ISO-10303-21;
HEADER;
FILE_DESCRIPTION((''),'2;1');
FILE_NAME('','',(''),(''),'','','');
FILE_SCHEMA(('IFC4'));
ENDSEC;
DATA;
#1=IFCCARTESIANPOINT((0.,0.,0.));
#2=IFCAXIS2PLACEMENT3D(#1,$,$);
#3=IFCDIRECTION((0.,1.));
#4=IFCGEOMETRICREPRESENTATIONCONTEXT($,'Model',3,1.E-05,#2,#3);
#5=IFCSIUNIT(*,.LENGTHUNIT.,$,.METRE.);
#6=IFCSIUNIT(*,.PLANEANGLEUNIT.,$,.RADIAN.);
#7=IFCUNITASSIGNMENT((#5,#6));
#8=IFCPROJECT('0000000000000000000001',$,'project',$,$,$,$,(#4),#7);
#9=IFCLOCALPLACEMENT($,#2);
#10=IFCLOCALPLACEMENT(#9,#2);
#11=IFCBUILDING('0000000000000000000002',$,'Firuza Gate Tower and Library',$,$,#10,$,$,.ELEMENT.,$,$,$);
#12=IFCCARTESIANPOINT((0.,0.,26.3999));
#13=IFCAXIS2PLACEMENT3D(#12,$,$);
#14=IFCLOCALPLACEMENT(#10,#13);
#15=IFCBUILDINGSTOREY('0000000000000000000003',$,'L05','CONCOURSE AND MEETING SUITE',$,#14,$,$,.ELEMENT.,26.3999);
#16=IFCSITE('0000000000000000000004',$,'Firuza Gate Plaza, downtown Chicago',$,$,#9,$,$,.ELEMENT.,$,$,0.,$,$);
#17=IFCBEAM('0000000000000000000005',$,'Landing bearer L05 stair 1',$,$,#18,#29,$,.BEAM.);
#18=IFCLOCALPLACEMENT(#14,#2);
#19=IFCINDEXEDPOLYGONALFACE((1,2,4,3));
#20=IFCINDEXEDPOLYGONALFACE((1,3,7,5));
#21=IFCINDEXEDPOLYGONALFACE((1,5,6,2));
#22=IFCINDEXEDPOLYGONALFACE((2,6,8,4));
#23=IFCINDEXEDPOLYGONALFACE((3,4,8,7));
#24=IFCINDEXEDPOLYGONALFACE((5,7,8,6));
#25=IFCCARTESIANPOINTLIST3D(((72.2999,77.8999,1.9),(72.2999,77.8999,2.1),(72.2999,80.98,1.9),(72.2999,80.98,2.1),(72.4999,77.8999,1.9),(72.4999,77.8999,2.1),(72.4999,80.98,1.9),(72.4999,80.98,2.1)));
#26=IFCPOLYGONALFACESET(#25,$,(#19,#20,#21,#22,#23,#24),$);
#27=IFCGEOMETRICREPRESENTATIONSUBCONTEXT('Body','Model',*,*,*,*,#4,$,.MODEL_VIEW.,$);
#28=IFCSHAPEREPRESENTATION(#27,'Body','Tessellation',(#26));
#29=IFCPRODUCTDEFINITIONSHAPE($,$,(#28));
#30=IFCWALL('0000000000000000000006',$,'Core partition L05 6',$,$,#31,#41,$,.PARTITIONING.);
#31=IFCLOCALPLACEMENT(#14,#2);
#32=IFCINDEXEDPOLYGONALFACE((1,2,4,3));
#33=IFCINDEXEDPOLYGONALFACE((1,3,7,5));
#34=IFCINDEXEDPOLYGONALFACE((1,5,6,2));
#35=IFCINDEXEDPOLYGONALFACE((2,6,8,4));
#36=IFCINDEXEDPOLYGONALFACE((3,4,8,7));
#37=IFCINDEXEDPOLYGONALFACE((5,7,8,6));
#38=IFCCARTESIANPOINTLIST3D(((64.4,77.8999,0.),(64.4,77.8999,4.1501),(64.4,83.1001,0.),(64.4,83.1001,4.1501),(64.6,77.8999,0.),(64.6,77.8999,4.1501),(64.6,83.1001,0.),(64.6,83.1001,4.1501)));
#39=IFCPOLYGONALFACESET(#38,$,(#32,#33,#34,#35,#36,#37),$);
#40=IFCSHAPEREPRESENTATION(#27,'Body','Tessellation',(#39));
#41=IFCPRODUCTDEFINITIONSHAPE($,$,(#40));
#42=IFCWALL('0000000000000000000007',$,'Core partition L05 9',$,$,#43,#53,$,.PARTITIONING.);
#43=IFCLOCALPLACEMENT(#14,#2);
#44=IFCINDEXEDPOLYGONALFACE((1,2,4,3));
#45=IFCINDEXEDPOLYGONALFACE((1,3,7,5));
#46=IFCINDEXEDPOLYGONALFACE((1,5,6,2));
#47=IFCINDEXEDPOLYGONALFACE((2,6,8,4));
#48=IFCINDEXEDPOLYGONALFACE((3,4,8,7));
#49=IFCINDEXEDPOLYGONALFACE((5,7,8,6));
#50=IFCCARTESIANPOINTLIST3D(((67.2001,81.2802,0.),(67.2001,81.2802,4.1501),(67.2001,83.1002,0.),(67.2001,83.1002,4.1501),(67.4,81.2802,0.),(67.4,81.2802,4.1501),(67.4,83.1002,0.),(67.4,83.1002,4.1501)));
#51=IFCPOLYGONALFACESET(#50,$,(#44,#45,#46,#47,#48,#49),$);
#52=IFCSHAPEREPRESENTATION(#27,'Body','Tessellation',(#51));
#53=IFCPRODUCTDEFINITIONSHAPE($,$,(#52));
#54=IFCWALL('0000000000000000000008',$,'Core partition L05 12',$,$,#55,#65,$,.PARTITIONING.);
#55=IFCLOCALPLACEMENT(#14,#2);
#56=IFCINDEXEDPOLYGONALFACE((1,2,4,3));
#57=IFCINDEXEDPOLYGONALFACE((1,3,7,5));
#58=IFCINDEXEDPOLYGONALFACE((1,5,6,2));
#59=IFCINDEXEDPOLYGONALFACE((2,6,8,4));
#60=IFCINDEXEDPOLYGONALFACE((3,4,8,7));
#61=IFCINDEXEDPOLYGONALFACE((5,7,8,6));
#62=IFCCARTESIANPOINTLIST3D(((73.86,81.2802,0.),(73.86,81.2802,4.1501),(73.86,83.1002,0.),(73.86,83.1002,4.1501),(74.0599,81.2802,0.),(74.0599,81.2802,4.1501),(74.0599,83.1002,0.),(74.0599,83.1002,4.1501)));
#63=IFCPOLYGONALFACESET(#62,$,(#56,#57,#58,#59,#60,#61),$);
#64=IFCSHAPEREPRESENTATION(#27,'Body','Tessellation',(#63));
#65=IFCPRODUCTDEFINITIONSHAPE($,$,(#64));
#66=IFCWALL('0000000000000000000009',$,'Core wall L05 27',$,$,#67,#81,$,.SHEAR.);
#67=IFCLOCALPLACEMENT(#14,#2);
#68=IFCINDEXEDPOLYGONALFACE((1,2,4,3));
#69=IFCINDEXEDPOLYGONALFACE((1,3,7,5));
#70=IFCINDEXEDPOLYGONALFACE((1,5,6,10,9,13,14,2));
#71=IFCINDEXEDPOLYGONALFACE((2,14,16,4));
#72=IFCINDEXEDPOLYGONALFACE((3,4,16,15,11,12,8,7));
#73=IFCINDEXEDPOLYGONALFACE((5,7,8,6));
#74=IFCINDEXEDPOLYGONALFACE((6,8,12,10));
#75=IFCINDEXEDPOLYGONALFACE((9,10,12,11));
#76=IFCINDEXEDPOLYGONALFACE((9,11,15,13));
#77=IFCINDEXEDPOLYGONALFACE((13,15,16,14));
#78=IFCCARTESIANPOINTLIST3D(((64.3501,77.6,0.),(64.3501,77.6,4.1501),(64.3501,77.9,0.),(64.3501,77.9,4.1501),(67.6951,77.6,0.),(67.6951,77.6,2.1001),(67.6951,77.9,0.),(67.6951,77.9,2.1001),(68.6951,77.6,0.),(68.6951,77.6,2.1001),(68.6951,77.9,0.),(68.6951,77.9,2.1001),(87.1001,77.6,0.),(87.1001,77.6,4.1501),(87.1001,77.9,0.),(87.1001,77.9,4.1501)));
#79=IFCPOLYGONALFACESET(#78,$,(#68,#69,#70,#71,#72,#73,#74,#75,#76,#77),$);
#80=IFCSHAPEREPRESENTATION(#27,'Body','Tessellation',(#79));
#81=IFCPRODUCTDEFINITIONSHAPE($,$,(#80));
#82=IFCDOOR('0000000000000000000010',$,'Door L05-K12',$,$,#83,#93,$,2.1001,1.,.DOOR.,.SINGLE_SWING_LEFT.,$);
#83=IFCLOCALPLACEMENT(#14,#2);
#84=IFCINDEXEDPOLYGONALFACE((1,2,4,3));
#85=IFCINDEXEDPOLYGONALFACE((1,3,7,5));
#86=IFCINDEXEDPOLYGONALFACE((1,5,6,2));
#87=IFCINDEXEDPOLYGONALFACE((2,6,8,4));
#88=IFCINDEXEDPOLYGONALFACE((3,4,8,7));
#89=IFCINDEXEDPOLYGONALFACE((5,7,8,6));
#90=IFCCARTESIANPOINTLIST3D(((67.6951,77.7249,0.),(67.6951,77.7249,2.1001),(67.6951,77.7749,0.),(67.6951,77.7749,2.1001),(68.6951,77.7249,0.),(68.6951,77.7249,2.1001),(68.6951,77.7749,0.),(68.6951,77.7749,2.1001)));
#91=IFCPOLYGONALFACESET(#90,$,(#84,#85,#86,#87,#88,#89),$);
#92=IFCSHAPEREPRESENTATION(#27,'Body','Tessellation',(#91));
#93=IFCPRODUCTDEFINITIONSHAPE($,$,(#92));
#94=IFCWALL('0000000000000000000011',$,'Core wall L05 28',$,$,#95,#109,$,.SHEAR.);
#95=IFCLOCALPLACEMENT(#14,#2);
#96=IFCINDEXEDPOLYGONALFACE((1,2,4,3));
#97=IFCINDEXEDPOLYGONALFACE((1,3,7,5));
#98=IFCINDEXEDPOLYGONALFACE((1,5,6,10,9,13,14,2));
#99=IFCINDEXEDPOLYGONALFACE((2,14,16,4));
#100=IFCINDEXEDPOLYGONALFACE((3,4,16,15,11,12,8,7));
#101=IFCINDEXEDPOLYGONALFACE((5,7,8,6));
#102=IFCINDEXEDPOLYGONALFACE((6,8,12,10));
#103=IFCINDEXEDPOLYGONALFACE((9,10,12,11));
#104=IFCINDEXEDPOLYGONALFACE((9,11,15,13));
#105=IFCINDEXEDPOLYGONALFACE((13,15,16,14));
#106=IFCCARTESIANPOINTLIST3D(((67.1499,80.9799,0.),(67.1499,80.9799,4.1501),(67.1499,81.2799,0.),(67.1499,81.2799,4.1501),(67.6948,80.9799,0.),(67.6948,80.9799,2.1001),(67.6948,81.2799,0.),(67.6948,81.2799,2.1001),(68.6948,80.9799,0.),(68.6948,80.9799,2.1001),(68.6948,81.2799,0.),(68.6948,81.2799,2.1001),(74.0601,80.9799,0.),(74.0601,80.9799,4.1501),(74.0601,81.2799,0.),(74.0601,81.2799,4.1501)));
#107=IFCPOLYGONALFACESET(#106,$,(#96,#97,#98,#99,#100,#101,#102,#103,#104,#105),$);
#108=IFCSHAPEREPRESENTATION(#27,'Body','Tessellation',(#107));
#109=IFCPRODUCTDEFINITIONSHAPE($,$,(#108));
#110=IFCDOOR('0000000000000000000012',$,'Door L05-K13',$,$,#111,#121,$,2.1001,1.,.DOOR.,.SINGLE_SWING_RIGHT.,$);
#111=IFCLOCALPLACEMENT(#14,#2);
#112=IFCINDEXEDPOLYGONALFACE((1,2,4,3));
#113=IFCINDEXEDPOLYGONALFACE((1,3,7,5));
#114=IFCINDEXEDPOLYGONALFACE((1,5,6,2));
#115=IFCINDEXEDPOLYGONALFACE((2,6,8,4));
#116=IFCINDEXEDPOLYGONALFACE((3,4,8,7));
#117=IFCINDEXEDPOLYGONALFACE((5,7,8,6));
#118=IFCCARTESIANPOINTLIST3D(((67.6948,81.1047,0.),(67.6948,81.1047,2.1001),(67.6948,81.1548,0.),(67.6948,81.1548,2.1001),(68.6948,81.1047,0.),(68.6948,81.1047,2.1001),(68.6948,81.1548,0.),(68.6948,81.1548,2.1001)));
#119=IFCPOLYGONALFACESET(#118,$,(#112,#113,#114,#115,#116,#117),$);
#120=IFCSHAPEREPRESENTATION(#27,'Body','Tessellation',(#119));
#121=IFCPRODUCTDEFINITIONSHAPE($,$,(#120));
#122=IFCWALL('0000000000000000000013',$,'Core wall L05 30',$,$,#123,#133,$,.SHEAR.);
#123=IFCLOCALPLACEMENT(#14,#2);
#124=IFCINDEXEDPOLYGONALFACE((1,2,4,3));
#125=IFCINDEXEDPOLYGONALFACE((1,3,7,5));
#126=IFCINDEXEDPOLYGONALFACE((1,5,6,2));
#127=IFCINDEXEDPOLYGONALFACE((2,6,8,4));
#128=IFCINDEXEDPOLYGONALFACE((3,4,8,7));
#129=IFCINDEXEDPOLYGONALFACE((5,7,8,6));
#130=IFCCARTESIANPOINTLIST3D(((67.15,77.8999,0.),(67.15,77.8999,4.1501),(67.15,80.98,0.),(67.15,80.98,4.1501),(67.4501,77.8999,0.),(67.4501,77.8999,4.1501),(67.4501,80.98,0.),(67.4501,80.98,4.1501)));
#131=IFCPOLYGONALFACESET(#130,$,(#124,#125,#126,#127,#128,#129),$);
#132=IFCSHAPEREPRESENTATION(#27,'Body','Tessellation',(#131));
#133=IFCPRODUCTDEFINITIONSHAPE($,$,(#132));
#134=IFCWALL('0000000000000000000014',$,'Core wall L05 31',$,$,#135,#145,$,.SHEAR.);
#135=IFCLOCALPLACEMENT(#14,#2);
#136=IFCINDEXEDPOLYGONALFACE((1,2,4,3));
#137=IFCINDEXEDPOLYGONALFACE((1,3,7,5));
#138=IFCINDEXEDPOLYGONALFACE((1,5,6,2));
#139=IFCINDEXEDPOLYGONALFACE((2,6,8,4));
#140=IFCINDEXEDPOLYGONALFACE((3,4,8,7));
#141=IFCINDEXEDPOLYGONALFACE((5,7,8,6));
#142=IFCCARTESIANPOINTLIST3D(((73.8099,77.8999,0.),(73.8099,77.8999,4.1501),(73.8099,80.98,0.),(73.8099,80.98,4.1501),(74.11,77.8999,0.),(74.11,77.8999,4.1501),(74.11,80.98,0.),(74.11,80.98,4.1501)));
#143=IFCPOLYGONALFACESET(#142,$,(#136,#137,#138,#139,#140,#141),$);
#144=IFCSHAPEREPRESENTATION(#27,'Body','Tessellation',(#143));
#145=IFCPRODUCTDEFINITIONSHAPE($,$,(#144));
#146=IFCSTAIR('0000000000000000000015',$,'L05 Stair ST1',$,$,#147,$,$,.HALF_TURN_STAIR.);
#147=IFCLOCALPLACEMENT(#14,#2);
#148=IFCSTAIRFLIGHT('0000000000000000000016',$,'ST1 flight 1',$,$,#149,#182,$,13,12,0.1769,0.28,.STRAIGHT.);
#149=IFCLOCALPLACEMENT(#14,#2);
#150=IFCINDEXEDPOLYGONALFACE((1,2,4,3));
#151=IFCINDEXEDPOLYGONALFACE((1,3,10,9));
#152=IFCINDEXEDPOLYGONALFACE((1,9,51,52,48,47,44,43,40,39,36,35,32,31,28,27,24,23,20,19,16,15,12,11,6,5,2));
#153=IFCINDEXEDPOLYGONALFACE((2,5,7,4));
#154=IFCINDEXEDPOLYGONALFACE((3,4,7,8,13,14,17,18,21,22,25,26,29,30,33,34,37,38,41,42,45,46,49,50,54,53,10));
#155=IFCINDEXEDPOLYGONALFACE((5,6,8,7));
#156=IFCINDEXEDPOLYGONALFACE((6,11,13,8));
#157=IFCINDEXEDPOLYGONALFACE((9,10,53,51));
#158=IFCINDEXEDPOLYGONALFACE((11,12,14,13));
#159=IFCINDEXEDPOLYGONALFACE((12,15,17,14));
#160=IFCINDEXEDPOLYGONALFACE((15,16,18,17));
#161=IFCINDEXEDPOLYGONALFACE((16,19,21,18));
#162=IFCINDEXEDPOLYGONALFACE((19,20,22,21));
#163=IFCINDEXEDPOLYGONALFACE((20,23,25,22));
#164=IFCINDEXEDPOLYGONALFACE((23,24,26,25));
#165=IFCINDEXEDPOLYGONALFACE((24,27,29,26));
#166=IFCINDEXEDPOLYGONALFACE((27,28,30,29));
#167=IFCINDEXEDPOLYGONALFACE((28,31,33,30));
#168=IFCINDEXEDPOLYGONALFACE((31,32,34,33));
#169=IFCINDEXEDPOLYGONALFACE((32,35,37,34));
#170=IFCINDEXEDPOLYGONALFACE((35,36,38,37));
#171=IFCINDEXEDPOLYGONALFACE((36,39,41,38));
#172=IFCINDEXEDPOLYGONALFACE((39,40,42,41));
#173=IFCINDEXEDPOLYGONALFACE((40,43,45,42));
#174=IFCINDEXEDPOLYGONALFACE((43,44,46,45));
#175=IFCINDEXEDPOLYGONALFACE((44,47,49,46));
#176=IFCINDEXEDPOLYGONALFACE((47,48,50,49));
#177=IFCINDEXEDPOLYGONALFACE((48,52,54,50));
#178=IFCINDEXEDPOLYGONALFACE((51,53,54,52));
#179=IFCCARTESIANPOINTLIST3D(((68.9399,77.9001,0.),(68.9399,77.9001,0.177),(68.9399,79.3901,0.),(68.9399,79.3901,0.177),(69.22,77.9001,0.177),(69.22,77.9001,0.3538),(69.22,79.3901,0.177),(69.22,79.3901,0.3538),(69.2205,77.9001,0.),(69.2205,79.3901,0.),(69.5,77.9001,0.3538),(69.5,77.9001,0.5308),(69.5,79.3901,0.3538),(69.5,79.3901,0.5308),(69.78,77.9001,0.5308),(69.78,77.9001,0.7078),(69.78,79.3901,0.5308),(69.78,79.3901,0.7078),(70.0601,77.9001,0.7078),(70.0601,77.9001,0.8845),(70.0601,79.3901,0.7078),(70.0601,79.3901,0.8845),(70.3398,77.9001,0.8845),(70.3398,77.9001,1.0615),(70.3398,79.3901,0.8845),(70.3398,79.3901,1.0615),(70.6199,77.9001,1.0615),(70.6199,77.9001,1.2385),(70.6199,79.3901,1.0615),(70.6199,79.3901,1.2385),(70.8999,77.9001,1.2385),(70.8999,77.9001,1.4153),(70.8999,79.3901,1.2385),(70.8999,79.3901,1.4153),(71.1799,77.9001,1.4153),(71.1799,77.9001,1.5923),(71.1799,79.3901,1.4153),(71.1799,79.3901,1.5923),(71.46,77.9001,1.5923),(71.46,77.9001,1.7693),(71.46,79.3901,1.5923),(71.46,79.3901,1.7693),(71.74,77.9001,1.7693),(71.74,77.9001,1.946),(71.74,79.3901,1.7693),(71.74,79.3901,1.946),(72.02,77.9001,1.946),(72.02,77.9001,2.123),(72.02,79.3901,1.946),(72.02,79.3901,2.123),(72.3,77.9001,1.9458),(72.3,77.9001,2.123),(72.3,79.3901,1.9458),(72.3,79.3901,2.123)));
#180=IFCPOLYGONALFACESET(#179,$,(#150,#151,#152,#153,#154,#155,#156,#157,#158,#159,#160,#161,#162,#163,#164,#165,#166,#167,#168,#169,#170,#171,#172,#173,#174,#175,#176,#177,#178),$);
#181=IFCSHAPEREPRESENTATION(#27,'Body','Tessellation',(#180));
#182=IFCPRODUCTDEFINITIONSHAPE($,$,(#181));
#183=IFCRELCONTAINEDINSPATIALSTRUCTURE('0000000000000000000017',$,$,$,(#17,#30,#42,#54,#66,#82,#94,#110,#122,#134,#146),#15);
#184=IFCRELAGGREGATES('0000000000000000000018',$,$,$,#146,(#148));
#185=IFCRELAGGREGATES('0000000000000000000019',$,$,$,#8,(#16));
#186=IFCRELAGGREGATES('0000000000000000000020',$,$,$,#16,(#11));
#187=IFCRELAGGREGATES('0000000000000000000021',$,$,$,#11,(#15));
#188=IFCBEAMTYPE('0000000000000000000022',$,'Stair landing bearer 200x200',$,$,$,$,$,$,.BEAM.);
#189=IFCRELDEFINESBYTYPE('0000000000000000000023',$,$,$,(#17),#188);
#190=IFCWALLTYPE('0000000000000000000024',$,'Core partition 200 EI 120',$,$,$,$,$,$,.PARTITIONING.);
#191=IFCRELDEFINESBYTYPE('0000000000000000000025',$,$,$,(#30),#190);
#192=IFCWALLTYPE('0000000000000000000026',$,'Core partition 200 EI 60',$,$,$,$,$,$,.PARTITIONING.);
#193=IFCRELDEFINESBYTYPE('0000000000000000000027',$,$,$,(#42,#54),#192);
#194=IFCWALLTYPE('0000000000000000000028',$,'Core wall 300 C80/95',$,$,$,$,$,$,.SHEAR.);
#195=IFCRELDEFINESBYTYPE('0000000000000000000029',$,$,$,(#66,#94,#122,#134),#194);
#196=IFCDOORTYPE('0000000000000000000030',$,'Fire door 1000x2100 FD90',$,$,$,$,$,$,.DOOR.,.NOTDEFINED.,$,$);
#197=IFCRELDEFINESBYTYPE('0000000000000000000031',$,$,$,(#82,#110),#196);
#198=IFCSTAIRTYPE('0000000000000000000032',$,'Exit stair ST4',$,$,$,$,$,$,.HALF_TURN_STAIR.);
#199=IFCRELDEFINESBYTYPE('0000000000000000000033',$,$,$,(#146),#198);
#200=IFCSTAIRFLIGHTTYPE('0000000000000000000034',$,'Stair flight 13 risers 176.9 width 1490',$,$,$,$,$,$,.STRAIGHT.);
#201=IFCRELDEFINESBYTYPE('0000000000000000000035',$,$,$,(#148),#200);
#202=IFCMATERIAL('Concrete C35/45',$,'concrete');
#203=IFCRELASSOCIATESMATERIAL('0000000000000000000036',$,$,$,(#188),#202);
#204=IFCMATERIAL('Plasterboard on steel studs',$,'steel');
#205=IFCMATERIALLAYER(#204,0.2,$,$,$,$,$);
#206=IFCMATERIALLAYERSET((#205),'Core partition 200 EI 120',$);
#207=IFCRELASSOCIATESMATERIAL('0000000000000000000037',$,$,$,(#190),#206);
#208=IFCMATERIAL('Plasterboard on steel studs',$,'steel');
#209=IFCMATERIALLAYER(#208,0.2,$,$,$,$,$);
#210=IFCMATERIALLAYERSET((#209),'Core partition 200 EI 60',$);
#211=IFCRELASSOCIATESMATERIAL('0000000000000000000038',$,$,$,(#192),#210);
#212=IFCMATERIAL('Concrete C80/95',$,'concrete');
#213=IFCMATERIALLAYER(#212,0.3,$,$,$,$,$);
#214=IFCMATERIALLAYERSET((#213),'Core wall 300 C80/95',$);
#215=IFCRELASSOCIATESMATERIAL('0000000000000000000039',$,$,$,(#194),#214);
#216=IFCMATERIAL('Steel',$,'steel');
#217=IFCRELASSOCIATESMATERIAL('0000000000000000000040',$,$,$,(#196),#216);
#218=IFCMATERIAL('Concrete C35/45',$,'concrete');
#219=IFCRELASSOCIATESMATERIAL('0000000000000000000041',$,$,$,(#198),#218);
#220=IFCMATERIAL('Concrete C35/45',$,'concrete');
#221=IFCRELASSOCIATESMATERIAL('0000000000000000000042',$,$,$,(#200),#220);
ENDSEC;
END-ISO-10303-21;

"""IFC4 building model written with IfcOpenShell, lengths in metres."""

from ifc_helpers import new_model, si_unit, direction, frame, frame_2d, origin, origin_2d, place, context, subcontext, project, spatial, polyline, rectangle, outline, extrude, material, layer, layer_set, material_profile, profile_set, type_object, element, fill, aggregate, save


model = new_model("IFC4")

# Units and contexts
model_context = context("Model", 3, precision=1e-05, world=origin(), true_north=direction((0.0, 1.0)))
body_context = subcontext(model_context, "Body", "Model", "MODEL_VIEW")
ifc_project = project(units=[si_unit("LENGTHUNIT", "METRE"), si_unit("PLANEANGLEUNIT", "RADIAN")], contexts=[model_context])

# Site, building, storey
site_placement = place(None, origin())
site = spatial("IfcSite", under=ifc_project, at=site_placement, Name="Firuza Gate Plaza, downtown Chicago", CompositionType="ELEMENT", RefElevation=0.0)
building_placement = place(site_placement, origin())
building = spatial("IfcBuilding", under=site, at=building_placement, Name="Firuza Gate Tower and Library", CompositionType="ELEMENT")
storey_placement = place(building_placement, frame((0.0, 0.0, 26.3999)))
storey = spatial("IfcBuildingStorey", under=building, at=storey_placement, Name="L05", Description="CONCOURSE AND MEETING SUITE", CompositionType="ELEMENT", Elevation=26.3999)

# Beam
ifc_material_1 = material(Name="Concrete C35/45", Category="concrete")
ifc_material_profile = material_profile(ifc_material_1, rectangle(XDim=0.2, YDim=0.2, at=origin_2d()))
ifc_profile_set = profile_set([ifc_material_profile], Name="Concrete C35/45")
beam_type = type_object("IfcBeamType", Name="Stair landing bearer 200x200", PredefinedType="BEAM", material=ifc_profile_set)
beam_placement = place(storey_placement, frame((72.3999, 77.8999, 2.0), z_axis=(0.0, 1.0, 0.0), x_axis=(-1.0, 0.0, 0.0)))
element("IfcBeam", 1, at=beam_placement, inside=storey, type_object=beam_type, Name="Landing bearer L05 stair 1", PredefinedType="BEAM", context=body_context, shape_type="SweptSolid", body=[
    extrude(rectangle(XDim=0.2, YDim=0.2, at=origin_2d()), origin(), (0.0, 0.0, 1.0), 3.0801),
])

# Walls
ifc_material_2 = material(Name="Plasterboard on steel studs", Category="steel")
ifc_layer_1 = layer(ifc_material_2, 0.2)
ifc_layer_set_1 = layer_set([ifc_layer_1], Name="Core partition 200 EI 120")
wall_type_1 = type_object("IfcWallType", Name="Core partition 200 EI 120", PredefinedType="PARTITIONING", material=ifc_layer_set_1)
wall_1_placement = place(storey_placement, frame((64.5, 77.8999, 0.0), z_axis=(0.0, 0.0, 1.0), x_axis=(0.0, 1.0, 0.0)))
element("IfcWall", 2, at=wall_1_placement, inside=storey, type_object=wall_type_1, Name="Core partition L05 6", PredefinedType="PARTITIONING", context=body_context, shape_type="SweptSolid", body=[
    extrude(rectangle(XDim=5.2002, YDim=0.2, at=frame_2d((2.6001, 0.0))), origin(), (0.0, 0.0, 1.0), 4.1501),
])
ifc_material_3 = material(Name="Plasterboard on steel studs", Category="steel")
ifc_layer_2 = layer(ifc_material_3, 0.2)
ifc_layer_set_2 = layer_set([ifc_layer_2], Name="Core partition 200 EI 60")
wall_type_2 = type_object("IfcWallType", Name="Core partition 200 EI 60", PredefinedType="PARTITIONING", material=ifc_layer_set_2)
for number, where, z_axis, x_axis, name in (
    (3, (67.3, 81.28, 0.0), (0.0, 0.0, 1.0), (0.0, 1.0, 0.0), "Core partition L05 9"),
    (4, (73.96, 81.28, 0.0), (0.0, 0.0, 1.0), (0.0, 1.0, 0.0), "Core partition L05 12"),
):
    element("IfcWall", number, at=place(storey_placement, frame(where, z_axis=z_axis, x_axis=x_axis)), inside=storey, type_object=wall_type_2, Name=name, PredefinedType="PARTITIONING", context=body_context, shape_type="SweptSolid", body=[
        extrude(rectangle(XDim=1.8201, YDim=0.2, at=frame_2d((0.9102, 0.0))), origin(), (0.0, 0.0, 1.0), 4.1501),
    ])

# Walls, openings, doors
ifc_material_4 = material(Name="Concrete C80/95", Category="concrete")
ifc_layer_3 = layer(ifc_material_4, 0.3)
ifc_layer_set_3 = layer_set([ifc_layer_3], Name="Core wall 300 C80/95")
wall_type_3 = type_object("IfcWallType", Name="Core wall 300 C80/95", PredefinedType="SHEAR", material=ifc_layer_set_3)
wall_2_placement = place(storey_placement, frame((64.3501, 77.75, 0.0), z_axis=(0.0, 0.0, 1.0), x_axis=(1.0, 0.0, 0.0)))
wall_2 = element("IfcWall", 5, at=wall_2_placement, inside=storey, type_object=wall_type_3, Name="Core wall L05 27", PredefinedType="SHEAR", context=body_context, shape_type="SweptSolid", body=[
    extrude(rectangle(XDim=22.75, YDim=0.3, at=frame_2d((11.375, 0.0))), origin(), (0.0, 0.0, 1.0), 4.1501),
])
opening_1_placement = place(wall_2_placement, frame((3.345, 0.0, 0.0)))
opening_1 = element("IfcOpeningElement", 6, at=opening_1_placement, cuts=wall_2, PredefinedType="OPENING", context=body_context, shape_type="SweptSolid", body=[
    extrude(rectangle(XDim=1.0, YDim=2.1001, at=frame_2d((0.5, 1.05))), frame((0.0, 0.1602, 0.0), z_axis=(0.0, -1.0, 0.0), x_axis=(1.0, 0.0, 0.0)), (0.0, 0.0, 1.0), 0.3201),
])
ifc_material_5 = material(Name="Steel", Category="steel")
door_type = type_object("IfcDoorType", Name="Fire door 1000x2100 FD90", OperationType="NOTDEFINED", PredefinedType="DOOR", material=ifc_material_5)
door_1_placement = place(opening_1_placement, origin())
door_1 = element("IfcDoor", 7, at=door_1_placement, inside=storey, type_object=door_type, Name="Door L05-K12", OperationType="SINGLE_SWING_LEFT", OverallHeight=2.1001, OverallWidth=1.0, PredefinedType="DOOR", context=body_context, shape_type="SweptSolid", body=[
    extrude(rectangle(XDim=1.0, YDim=2.1001, at=frame_2d((0.5, 1.05))), frame((0.0, 0.0249, 0.0), z_axis=(0.0, -1.0, 0.0), x_axis=(1.0, 0.0, 0.0)), (0.0, 0.0, 1.0), 0.05),
])
fill(opening_1, door_1)
wall_3_placement = place(storey_placement, frame((67.1499, 81.1299, 0.0), z_axis=(0.0, 0.0, 1.0), x_axis=(1.0, 0.0, 0.0)))
wall_3 = element("IfcWall", 8, at=wall_3_placement, inside=storey, type_object=wall_type_3, Name="Core wall L05 28", PredefinedType="SHEAR", context=body_context, shape_type="SweptSolid", body=[
    extrude(rectangle(XDim=6.9102, YDim=0.3, at=frame_2d((3.4551, 0.0))), origin(), (0.0, 0.0, 1.0), 4.1501),
])
opening_2_placement = place(wall_3_placement, frame((0.5449, 0.0, 0.0)))
opening_2 = element("IfcOpeningElement", 9, at=opening_2_placement, cuts=wall_3, PredefinedType="OPENING", context=body_context, shape_type="SweptSolid", body=[
    extrude(rectangle(XDim=1.0, YDim=2.1001, at=frame_2d((0.5, 1.05))), frame((0.0, 0.1602, 0.0), z_axis=(0.0, -1.0, 0.0), x_axis=(1.0, 0.0, 0.0)), (0.0, 0.0, 1.0), 0.3201),
])
door_2_placement = place(opening_2_placement, origin())
door_2 = element("IfcDoor", 10, at=door_2_placement, inside=storey, type_object=door_type, Name="Door L05-K13", OperationType="SINGLE_SWING_RIGHT", OverallHeight=2.1001, OverallWidth=1.0, PredefinedType="DOOR", context=body_context, shape_type="SweptSolid", body=[
    extrude(rectangle(XDim=1.0, YDim=2.1001, at=frame_2d((0.5, 1.05))), frame((0.0, 0.0249, 0.0), z_axis=(0.0, -1.0, 0.0), x_axis=(1.0, 0.0, 0.0)), (0.0, 0.0, 1.0), 0.05),
])
fill(opening_2, door_2)

# Walls
for number, where, z_axis, x_axis, name in (
    (11, (67.3, 77.8999, 0.0), (0.0, 0.0, 1.0), (0.0, 1.0, 0.0), "Core wall L05 30"),
    (12, (73.96, 77.8999, 0.0), (0.0, 0.0, 1.0), (0.0, 1.0, 0.0), "Core wall L05 31"),
):
    element("IfcWall", number, at=place(storey_placement, frame(where, z_axis=z_axis, x_axis=x_axis)), inside=storey, type_object=wall_type_3, Name=name, PredefinedType="SHEAR", context=body_context, shape_type="SweptSolid", body=[
        extrude(rectangle(XDim=3.0801, YDim=0.3, at=frame_2d((1.54, 0.0))), origin(), (0.0, 0.0, 1.0), 4.1501),
    ])

# Stair, stair flight
ifc_material_6 = material(Name="Concrete C35/45", Category="concrete")
stair_type = type_object("IfcStairType", Name="Exit stair ST4", PredefinedType="HALF_TURN_STAIR", material=ifc_material_6)
stair_placement = place(storey_placement, origin())
stair = element("IfcStair", 13, at=stair_placement, inside=storey, type_object=stair_type, Name="L05 Stair ST1", PredefinedType="HALF_TURN_STAIR")
ifc_material_7 = material(Name="Concrete C35/45", Category="concrete")
stair_flight_type = type_object("IfcStairFlightType", Name="Stair flight 13 risers 176.9 width 1490", PredefinedType="STRAIGHT", material=ifc_material_7)
stair_flight_1_placement = place(storey_placement, frame((68.9399, 78.645, 0.0), z_axis=(0.0, 0.0, 1.0), x_axis=(1.0, 0.0, 0.0)))
stair_flight_1 = element("IfcStairFlight", 14, at=stair_flight_1_placement, type_object=stair_flight_type, Name="ST1 flight 1", NumberOfRisers=13, NumberOfTreads=12, PredefinedType="STRAIGHT", RiserHeight=0.1769, TreadLength=0.28, context=body_context, shape_type="SweptSolid", body=[
    extrude(outline(polyline([(0.0, 0.0), (0.0, 0.177), (0.28, 0.177), (0.28, 0.3538), (0.5601, 0.3538), (0.5601, 0.5308), (0.8401, 0.5308), (0.8401, 0.7078), (1.1201, 0.7078), (1.1201, 0.8845), (1.3999, 0.8845), (1.3999, 1.0615), (1.6799, 1.0615), (1.6799, 1.2385), (1.96, 1.2385), (1.96, 1.4153), (2.24, 1.4153), (2.24, 1.5923), (2.52, 1.5923), (2.52, 1.7693), (2.8, 1.7693), (2.8, 1.946), (3.0801, 1.946), (3.0801, 2.123), (3.3601, 2.123), (3.3601, 2.3), (3.3601, 1.9458), (0.2805, 0.0), (0.0, 0.0)])), frame((0.0, 0.7451, 0.0), z_axis=(0.0, -1.0, 0.0), x_axis=(1.0, 0.0, 0.0)), (0.0, 0.0, 1.0), 1.49),
])
aggregate(stair, [stair_flight_1])

save(model, "model.ifc")
